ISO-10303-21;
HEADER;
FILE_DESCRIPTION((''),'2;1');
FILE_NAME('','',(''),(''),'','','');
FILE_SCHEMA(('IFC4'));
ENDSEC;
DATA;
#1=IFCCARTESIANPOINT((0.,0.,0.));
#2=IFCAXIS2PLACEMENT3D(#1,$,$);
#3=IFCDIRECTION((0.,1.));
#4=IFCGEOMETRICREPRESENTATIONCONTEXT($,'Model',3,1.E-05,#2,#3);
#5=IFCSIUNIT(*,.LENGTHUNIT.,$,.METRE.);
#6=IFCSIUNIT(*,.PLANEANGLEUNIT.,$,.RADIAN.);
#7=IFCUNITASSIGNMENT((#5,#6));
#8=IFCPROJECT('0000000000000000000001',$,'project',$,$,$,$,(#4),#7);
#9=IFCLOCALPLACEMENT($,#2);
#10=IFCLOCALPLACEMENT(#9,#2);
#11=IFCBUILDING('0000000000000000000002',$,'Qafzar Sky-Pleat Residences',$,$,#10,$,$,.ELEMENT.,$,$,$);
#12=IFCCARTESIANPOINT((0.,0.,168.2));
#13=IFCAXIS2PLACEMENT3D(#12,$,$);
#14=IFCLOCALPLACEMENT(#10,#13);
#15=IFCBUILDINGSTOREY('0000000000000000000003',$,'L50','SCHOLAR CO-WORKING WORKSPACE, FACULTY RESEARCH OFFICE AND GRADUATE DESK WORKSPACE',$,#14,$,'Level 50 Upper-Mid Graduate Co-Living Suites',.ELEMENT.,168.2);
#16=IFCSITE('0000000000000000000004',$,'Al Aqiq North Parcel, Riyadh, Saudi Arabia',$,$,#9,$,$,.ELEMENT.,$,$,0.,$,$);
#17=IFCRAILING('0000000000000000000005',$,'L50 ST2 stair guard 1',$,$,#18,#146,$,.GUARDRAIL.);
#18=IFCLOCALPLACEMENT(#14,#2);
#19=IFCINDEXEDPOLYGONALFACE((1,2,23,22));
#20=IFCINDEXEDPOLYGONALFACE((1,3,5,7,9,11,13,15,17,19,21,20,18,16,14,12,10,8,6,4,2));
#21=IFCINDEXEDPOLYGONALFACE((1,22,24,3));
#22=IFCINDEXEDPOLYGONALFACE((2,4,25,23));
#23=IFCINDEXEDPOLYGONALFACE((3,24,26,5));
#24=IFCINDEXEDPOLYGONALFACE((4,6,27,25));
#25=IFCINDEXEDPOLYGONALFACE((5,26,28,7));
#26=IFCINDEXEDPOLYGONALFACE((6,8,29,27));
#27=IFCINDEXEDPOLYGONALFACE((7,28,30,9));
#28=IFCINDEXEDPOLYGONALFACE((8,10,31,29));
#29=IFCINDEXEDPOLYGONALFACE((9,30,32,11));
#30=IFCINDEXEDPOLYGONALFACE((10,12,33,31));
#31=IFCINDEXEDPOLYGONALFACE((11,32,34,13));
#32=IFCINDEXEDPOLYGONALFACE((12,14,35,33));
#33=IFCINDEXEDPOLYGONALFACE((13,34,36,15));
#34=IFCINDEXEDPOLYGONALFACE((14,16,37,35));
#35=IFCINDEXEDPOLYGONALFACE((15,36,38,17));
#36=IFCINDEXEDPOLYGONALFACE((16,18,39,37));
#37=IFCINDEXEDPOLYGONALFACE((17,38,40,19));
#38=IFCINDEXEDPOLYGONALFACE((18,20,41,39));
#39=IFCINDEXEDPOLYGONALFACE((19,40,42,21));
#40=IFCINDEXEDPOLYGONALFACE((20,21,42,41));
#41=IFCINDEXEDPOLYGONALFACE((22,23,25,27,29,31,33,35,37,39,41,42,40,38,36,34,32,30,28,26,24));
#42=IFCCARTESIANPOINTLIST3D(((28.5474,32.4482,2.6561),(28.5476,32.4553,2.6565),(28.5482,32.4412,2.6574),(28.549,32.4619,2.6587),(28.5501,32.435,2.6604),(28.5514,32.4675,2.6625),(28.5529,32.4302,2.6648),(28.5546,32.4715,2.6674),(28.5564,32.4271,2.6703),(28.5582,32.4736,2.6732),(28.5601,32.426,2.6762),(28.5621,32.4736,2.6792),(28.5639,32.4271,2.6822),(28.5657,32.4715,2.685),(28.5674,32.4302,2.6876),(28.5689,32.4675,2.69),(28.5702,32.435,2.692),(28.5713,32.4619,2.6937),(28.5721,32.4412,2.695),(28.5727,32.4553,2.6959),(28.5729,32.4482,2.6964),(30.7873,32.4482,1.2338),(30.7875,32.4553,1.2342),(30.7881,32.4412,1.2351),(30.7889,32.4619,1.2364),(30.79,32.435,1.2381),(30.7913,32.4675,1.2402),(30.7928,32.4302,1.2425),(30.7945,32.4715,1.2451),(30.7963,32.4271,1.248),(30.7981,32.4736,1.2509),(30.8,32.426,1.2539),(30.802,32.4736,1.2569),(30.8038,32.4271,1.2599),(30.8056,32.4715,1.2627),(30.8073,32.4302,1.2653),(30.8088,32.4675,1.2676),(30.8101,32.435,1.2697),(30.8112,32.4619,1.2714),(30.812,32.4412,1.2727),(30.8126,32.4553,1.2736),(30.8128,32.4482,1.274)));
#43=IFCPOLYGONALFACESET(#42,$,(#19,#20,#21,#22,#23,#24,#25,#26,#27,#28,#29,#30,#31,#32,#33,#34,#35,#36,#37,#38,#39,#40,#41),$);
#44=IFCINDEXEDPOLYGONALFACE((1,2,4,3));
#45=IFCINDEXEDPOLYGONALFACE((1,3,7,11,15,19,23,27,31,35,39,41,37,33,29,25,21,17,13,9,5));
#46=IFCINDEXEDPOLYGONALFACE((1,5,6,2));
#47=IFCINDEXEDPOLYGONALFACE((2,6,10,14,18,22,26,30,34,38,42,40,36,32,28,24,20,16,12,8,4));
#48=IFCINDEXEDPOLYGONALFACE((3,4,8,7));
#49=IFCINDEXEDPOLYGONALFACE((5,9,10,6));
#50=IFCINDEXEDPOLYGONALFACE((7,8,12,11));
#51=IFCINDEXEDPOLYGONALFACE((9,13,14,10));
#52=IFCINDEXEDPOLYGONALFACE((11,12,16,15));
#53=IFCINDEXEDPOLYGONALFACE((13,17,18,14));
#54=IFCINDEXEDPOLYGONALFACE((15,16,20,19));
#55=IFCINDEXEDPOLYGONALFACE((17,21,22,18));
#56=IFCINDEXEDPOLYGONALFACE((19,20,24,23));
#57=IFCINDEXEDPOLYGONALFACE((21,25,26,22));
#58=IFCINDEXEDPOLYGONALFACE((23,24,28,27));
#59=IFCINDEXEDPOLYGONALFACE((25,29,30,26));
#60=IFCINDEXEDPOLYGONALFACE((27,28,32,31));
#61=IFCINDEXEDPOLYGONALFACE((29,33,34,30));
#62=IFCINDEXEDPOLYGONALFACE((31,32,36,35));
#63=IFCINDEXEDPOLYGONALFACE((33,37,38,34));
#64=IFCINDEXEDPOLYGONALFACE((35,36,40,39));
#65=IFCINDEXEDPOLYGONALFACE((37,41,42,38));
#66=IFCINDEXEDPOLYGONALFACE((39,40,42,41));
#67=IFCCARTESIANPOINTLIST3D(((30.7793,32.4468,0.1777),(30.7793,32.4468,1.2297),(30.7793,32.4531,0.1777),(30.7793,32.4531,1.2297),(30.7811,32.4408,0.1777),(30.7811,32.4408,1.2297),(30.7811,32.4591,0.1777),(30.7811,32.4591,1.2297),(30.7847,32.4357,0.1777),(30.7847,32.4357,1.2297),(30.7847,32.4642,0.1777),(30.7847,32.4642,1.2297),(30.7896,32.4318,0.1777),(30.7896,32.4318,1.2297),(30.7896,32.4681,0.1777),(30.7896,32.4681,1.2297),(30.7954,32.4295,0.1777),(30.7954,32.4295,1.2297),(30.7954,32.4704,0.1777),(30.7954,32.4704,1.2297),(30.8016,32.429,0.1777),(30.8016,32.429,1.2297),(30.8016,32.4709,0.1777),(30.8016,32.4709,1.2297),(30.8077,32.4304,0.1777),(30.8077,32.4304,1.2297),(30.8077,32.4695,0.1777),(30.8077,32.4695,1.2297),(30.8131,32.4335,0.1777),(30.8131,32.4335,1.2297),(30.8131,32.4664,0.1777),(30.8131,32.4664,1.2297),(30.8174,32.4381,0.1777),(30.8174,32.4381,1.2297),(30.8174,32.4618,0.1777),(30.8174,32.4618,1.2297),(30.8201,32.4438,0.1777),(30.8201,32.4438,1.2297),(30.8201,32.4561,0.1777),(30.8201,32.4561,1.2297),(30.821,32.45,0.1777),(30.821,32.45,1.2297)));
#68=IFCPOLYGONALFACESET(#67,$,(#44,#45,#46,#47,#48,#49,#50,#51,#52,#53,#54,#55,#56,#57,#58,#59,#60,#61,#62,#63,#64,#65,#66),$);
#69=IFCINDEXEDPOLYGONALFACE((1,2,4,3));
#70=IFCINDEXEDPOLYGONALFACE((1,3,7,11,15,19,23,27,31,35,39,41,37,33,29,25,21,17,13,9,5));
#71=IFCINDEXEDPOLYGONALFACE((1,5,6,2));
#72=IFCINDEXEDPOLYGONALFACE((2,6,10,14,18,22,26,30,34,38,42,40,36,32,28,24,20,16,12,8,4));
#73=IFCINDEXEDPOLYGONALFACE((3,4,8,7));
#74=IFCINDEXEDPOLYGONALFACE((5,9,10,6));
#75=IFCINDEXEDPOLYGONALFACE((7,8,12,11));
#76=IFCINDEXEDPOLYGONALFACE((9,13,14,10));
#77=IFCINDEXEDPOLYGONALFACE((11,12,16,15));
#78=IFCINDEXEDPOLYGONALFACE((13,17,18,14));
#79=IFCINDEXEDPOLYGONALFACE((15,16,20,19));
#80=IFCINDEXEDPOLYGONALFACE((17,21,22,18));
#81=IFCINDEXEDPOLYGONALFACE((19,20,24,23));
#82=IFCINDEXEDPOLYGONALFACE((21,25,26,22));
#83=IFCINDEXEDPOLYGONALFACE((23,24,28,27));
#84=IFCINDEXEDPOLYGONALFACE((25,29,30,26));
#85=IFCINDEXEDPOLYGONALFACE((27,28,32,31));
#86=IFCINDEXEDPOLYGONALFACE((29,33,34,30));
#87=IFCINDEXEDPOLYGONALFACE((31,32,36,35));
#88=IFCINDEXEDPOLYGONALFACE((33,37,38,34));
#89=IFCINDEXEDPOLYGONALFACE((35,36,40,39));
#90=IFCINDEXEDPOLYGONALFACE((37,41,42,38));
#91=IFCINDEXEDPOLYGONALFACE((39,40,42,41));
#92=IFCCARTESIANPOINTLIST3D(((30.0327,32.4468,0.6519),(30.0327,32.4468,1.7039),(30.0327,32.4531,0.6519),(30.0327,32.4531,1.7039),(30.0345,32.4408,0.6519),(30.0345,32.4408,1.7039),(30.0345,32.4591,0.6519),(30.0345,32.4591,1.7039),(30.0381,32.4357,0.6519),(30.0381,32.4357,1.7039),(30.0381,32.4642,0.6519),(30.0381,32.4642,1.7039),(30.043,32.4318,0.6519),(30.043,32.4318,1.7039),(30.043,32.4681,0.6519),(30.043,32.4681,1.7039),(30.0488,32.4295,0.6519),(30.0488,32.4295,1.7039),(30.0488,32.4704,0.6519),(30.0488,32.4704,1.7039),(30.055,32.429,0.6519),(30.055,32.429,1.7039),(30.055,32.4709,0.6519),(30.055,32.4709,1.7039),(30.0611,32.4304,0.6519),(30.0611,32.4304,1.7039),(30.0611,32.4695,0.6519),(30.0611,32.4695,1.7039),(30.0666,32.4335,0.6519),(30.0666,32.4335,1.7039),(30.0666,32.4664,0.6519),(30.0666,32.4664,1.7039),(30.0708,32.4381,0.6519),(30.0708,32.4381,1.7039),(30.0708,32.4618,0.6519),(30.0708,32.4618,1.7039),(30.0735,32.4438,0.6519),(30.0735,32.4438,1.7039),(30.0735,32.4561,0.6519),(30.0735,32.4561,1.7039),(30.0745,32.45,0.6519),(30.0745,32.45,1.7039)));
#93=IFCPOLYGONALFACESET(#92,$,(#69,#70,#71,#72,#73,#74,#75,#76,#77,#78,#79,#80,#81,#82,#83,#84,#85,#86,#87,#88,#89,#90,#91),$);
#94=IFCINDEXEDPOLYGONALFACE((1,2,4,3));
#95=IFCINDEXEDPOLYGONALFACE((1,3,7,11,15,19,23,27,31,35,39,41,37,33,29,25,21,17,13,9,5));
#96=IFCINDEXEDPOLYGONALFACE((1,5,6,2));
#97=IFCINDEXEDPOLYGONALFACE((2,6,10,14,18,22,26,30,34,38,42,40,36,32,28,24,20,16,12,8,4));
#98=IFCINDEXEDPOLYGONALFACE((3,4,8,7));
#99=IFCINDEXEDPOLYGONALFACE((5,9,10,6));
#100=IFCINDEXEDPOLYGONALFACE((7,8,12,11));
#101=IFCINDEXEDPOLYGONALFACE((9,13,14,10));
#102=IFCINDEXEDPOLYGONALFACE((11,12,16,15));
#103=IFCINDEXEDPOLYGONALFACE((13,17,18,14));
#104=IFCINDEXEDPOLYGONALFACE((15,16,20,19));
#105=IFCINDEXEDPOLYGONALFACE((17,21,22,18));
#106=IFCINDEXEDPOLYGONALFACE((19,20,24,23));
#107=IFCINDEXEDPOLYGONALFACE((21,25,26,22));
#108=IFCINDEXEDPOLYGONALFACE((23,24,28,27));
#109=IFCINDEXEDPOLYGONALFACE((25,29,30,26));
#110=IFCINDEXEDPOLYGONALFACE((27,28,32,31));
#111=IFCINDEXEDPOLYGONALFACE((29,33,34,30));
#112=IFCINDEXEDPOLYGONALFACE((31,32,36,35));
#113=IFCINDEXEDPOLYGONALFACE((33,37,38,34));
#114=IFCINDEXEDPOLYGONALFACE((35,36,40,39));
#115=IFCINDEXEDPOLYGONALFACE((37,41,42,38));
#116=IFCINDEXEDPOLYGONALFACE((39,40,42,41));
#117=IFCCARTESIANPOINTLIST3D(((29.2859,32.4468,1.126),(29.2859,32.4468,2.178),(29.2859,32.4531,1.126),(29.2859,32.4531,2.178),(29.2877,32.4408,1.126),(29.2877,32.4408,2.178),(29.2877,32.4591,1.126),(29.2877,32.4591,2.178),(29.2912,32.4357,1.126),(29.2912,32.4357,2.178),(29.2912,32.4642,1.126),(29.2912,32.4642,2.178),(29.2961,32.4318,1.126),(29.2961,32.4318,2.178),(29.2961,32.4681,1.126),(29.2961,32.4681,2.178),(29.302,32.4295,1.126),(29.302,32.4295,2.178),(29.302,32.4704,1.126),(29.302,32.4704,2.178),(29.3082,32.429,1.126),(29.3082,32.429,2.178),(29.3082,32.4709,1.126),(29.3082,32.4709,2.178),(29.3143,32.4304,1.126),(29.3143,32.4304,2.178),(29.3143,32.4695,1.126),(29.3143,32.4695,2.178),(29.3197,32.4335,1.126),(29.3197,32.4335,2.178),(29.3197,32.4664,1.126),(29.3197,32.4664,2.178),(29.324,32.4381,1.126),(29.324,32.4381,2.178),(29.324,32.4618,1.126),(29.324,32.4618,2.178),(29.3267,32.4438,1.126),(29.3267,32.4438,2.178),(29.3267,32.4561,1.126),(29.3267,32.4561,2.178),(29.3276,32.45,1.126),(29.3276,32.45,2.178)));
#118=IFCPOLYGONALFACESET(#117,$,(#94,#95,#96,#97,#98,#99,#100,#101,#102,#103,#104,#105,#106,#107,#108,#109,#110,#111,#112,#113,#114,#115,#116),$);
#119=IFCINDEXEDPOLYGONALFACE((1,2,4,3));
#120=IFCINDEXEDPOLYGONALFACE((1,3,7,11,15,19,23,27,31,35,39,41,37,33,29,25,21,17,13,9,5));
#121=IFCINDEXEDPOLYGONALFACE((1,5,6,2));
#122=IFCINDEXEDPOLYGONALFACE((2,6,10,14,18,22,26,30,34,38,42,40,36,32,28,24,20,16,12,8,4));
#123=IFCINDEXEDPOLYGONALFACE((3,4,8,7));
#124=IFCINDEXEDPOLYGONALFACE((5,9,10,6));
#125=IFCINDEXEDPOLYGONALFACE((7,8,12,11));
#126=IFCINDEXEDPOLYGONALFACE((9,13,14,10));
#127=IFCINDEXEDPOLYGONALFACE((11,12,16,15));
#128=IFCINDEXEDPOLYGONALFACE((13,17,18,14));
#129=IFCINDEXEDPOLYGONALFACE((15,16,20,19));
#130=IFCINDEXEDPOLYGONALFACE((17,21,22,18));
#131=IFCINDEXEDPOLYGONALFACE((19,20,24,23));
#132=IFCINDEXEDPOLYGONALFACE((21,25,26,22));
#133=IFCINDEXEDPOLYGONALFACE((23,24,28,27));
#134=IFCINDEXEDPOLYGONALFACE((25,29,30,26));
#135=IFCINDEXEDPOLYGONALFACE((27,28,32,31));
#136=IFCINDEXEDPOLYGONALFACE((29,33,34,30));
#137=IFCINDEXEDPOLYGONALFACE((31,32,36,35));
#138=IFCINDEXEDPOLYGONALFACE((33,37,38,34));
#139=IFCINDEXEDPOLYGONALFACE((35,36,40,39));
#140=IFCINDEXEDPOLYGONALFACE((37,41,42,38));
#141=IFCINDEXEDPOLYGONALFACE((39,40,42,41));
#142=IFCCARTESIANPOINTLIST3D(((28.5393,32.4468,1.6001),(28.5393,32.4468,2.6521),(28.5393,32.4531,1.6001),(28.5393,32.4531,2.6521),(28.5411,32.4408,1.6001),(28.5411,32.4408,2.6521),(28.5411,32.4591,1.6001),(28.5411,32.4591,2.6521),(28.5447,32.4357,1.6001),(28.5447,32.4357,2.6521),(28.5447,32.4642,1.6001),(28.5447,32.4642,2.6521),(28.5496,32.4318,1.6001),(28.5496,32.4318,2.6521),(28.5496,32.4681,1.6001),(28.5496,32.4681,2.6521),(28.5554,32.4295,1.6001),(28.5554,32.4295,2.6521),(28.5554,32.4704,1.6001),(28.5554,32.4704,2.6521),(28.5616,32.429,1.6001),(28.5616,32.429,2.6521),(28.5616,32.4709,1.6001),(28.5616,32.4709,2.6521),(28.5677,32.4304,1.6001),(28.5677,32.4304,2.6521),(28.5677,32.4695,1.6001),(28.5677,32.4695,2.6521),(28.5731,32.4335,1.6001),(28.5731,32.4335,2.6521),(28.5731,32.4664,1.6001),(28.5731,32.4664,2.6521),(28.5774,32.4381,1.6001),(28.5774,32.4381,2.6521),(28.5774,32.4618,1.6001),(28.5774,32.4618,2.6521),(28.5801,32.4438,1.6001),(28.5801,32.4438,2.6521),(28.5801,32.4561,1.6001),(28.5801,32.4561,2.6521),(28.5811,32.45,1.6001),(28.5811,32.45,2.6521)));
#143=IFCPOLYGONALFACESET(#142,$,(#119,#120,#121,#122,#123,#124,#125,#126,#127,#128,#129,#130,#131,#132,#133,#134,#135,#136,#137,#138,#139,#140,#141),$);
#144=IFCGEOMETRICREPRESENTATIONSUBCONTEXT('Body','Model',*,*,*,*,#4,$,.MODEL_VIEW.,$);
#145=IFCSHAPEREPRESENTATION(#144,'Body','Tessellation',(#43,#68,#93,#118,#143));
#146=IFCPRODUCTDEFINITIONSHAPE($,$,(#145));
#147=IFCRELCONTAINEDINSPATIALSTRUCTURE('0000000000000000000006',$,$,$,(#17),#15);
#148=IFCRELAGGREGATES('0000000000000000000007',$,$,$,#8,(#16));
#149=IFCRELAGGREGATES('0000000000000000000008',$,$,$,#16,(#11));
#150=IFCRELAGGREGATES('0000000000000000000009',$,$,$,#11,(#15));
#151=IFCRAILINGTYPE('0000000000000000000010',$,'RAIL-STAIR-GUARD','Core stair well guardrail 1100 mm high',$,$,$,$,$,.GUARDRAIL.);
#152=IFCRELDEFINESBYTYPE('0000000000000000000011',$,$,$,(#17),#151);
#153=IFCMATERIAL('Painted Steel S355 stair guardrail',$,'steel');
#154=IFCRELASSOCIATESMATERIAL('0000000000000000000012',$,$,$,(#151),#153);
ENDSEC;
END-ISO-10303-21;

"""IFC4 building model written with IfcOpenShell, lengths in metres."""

from ifc_helpers import new_model, si_unit, direction, frame, origin, origin_2d, place, context, subcontext, project, spatial, circle, extrude, source, transform, mapped, material, type_object, element, save


model = new_model("IFC4")

# Units and contexts
model_context = context("Model", 3, precision=1e-05, world=origin(), true_north=direction((0.0, 1.0)))
body_context = subcontext(model_context, "Body", "Model", "MODEL_VIEW")
ifc_project = project(units=[si_unit("LENGTHUNIT", "METRE"), si_unit("PLANEANGLEUNIT", "RADIAN")], contexts=[model_context])

# Site, building, storey
site_placement = place(None, origin())
site = spatial("IfcSite", under=ifc_project, at=site_placement, Name="Al Aqiq North Parcel, Riyadh, Saudi Arabia", CompositionType="ELEMENT", RefElevation=0.0)
building_placement = place(site_placement, origin())
building = spatial("IfcBuilding", under=site, at=building_placement, Name="Qafzar Sky-Pleat Residences", CompositionType="ELEMENT")
storey_placement = place(building_placement, frame((0.0, 0.0, 168.2)))
storey = spatial("IfcBuildingStorey", under=building, at=storey_placement, Name="L50", Description="SCHOLAR CO-WORKING WORKSPACE, FACULTY RESEARCH OFFICE AND GRADUATE DESK WORKSPACE", LongName="Level 50 Upper-Mid Graduate Co-Living Suites", CompositionType="ELEMENT", Elevation=168.2)

# Railing
ifc_material_1 = material(Name="Painted Steel S355 stair guardrail", Category="steel")
railing_type_1 = type_object("IfcRailingType", Name="RAIL-STAIR-GUARD", Description="Core stair well guardrail 1100 mm high", PredefinedType="GUARDRAIL", material=ifc_material_1)
shared_shape_1 = source(origin(), body_context, "Body", "SweptSolid", [
    extrude(circle(Radius=0.0239, at=origin_2d()), frame((0.0, 0.0, 1.0762), z_axis=(-0.844188, 0.0, 0.536048), x_axis=(0.0, -1.0, 0.0)), (0.0, 0.0, 1.0), 2.6533),
    extrude(circle(Radius=0.021, at=origin_2d()), origin(), (0.0, 0.0, 1.0), 1.052),
    extrude(circle(Radius=0.021, at=origin_2d()), frame((-0.7466, 0.0, 0.4741)), (0.0, 0.0, 1.0), 1.052),
    extrude(circle(Radius=0.021, at=origin_2d()), frame((-1.4934, 0.0, 0.9482)), (0.0, 0.0, 1.0), 1.052),
    extrude(circle(Radius=0.021, at=origin_2d()), frame((-2.24, 0.0, 1.4224)), (0.0, 0.0, 1.0), 1.052),
])
railing_1_placement = place(storey_placement, frame((30.8, 32.45, 0.1777)))
element("IfcRailing", 1, at=railing_1_placement, inside=storey, type_object=railing_type_1, Name="L50 ST2 stair guard 1", PredefinedType="GUARDRAIL", context=body_context, shape_type="MappedRepresentation", body=[
    mapped(shared_shape_1, transform((0.0, 0.0, 0.0), x_axis=(1.0, 0.0, 0.0), y_axis=(0.0, 1.0, 0.0), z_axis=(0.0, 0.0, 1.0), scale=1.0)),
])

save(model, "model.ifc")
